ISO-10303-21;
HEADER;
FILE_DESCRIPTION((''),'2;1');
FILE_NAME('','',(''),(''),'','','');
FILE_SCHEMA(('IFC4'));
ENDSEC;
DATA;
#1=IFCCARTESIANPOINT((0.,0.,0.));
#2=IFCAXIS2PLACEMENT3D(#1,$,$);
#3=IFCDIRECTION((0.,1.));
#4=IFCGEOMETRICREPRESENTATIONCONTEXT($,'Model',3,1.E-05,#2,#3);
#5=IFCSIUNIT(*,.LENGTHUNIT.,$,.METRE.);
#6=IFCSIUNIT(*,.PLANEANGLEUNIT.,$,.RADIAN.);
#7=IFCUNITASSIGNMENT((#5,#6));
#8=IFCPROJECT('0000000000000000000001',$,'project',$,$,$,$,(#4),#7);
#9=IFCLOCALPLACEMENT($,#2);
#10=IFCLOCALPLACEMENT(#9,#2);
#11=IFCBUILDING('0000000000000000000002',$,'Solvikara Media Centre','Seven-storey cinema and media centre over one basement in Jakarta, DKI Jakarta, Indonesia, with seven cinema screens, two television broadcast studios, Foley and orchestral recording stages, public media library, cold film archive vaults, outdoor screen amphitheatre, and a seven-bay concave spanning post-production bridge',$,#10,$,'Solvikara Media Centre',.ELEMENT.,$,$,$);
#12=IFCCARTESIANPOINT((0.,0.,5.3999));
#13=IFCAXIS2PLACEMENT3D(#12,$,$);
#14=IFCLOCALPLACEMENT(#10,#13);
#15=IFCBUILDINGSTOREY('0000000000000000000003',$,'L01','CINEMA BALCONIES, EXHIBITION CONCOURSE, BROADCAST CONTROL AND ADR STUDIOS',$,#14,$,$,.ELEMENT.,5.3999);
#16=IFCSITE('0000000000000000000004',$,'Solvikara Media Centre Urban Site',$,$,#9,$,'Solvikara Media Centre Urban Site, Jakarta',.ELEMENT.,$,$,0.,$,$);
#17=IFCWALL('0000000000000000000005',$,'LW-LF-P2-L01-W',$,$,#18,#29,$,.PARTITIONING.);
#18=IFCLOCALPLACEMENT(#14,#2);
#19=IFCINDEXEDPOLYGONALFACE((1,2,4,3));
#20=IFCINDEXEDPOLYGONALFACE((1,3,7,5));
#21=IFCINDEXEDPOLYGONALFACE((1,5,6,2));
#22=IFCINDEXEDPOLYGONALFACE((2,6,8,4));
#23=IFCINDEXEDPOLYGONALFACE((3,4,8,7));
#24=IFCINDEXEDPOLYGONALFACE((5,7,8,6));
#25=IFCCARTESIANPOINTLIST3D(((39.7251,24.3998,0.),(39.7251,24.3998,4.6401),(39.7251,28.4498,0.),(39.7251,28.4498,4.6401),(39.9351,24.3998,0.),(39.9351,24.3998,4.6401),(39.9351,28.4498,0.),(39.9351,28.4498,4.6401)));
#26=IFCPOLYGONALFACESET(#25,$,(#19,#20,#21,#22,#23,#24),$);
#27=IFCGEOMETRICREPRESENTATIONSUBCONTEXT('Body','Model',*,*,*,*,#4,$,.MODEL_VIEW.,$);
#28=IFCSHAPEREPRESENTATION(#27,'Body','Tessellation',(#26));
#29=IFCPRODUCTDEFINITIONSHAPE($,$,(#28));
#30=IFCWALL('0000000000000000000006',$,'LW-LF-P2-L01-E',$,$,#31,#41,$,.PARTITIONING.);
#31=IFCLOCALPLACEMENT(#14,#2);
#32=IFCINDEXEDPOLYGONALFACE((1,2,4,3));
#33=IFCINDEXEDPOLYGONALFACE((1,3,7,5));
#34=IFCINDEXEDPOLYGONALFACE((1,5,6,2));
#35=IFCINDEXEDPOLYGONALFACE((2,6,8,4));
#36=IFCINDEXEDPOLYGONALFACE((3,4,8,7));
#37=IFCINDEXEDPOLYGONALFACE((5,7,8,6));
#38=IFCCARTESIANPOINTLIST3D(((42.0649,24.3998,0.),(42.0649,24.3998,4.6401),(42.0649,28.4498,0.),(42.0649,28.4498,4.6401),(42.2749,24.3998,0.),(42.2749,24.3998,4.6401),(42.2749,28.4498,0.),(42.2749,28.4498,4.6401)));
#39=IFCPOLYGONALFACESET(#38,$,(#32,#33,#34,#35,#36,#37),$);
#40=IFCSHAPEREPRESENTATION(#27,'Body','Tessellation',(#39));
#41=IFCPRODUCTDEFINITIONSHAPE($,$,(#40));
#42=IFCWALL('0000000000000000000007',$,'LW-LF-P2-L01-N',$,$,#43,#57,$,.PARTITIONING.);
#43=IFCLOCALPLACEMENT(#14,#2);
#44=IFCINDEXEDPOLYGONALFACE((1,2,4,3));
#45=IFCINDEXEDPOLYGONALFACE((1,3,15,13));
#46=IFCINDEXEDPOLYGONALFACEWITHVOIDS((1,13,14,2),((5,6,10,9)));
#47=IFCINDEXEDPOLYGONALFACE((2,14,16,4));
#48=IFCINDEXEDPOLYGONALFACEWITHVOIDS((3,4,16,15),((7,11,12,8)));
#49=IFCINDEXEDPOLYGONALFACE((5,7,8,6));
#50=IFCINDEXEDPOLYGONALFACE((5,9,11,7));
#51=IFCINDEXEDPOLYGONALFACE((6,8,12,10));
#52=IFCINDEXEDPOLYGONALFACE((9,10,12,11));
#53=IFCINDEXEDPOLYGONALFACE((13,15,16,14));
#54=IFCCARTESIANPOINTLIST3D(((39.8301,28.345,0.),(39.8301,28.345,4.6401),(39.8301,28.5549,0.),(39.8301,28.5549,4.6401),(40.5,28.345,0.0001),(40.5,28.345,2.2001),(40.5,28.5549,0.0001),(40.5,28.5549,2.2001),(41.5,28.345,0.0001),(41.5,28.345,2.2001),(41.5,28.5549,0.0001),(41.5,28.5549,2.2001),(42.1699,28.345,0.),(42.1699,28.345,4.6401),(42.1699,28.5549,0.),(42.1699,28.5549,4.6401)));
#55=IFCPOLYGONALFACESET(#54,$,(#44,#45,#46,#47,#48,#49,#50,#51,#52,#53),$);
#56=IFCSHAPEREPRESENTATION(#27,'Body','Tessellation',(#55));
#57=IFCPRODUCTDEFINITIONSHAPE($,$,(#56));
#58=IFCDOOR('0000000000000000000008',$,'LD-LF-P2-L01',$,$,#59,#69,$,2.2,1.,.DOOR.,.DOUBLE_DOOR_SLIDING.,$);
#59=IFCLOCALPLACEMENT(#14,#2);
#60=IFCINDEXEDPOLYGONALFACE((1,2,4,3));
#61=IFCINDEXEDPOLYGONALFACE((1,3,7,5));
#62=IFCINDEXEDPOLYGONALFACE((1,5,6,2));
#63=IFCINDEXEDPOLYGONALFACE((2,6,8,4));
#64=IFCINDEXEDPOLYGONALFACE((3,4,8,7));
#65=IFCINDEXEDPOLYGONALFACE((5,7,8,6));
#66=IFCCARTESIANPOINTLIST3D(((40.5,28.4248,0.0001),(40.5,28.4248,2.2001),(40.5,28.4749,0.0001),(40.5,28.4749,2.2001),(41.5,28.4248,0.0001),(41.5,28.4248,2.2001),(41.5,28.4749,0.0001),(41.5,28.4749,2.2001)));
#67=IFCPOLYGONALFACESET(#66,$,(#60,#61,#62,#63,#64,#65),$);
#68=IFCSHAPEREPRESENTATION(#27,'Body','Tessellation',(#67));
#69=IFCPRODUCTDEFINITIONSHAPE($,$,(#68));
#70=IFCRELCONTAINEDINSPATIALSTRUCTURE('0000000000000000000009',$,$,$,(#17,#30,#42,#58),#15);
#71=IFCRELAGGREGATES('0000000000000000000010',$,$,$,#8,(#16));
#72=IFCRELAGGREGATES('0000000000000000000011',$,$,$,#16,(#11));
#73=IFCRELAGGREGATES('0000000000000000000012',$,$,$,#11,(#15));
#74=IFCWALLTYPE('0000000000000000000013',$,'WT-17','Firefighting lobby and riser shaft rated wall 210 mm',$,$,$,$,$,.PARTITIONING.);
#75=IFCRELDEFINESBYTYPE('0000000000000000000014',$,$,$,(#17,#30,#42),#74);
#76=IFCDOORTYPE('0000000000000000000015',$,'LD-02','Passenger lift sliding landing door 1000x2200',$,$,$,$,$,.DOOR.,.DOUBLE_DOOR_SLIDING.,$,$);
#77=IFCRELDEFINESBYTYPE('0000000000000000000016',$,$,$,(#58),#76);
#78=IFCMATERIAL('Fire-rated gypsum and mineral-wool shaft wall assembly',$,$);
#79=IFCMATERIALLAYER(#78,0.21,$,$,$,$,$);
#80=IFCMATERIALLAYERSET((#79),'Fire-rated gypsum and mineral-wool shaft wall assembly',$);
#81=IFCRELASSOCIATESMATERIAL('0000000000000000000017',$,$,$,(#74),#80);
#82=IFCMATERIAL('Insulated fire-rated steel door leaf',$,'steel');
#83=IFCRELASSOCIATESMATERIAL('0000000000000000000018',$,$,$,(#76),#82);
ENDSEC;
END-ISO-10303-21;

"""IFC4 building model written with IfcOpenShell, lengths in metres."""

from ifc_helpers import new_model, si_unit, direction, frame, frame_2d, origin, place, context, subcontext, project, spatial, rectangle, extrude, material, layer, layer_set, type_object, element, fill, save


model = new_model("IFC4")

# Units and contexts
model_context = context("Model", 3, precision=1e-05, world=origin(), true_north=direction((0.0, 1.0)))
body_context = subcontext(model_context, "Body", "Model", "MODEL_VIEW")
ifc_project = project(units=[si_unit("LENGTHUNIT", "METRE"), si_unit("PLANEANGLEUNIT", "RADIAN")], contexts=[model_context])

# Site, building, storey
site_placement = place(None, origin())
site = spatial("IfcSite", under=ifc_project, at=site_placement, Name="Solvikara Media Centre Urban Site", LongName="Solvikara Media Centre Urban Site, Jakarta", CompositionType="ELEMENT", RefElevation=0.0)
building_placement = place(site_placement, origin())
building = spatial("IfcBuilding", under=site, at=building_placement, Name="Solvikara Media Centre", Description="Seven-storey cinema and media centre over one basement in Jakarta, DKI Jakarta, Indonesia, with seven cinema screens, two television broadcast studios, Foley and orchestral recording stages, public media library, cold film archive vaults, outdoor screen amphitheatre, and a seven-bay concave spanning post-production bridge", LongName="Solvikara Media Centre", CompositionType="ELEMENT")
storey_placement = place(building_placement, frame((0.0, 0.0, 5.3999)))
storey = spatial("IfcBuildingStorey", under=building, at=storey_placement, Name="L01", Description="CINEMA BALCONIES, EXHIBITION CONCOURSE, BROADCAST CONTROL AND ADR STUDIOS", CompositionType="ELEMENT", Elevation=5.3999)

# Shared definitions
ifc_material_1 = material(Name="Insulated fire-rated steel door leaf", Category="steel")
ifc_material_2 = material(Name="Fire-rated gypsum and mineral-wool shaft wall assembly")
ifc_layer_1 = layer(ifc_material_2, 0.21)
ifc_layer_set_1 = layer_set([ifc_layer_1], Name="Fire-rated gypsum and mineral-wool shaft wall assembly")
wall_type_1 = type_object("IfcWallType", Name="WT-17", Description="Firefighting lobby and riser shaft rated wall 210 mm", PredefinedType="PARTITIONING", material=ifc_layer_set_1)
door_type_1 = type_object("IfcDoorType", Name="LD-02", Description="Passenger lift sliding landing door 1000x2200", OperationType="DOUBLE_DOOR_SLIDING", PredefinedType="DOOR", material=ifc_material_1)

# Walls
for number, where, z_axis, x_axis, name in (
    (1, (39.8301, 24.3999, 0.0), (0.0, 0.0, 1.0), (0.0, 1.0, 0.0), "LW-LF-P2-L01-W"),
    (2, (42.1699, 24.3999, 0.0), (0.0, 0.0, 1.0), (0.0, 1.0, 0.0), "LW-LF-P2-L01-E"),
):
    element("IfcWall", number, at=place(storey_placement, frame(where, z_axis=z_axis, x_axis=x_axis)), inside=storey, type_object=wall_type_1, Name=name, PredefinedType="PARTITIONING", context=body_context, shape_type="SweptSolid", body=[
        extrude(rectangle(XDim=4.05, YDim=0.21, at=frame_2d((2.0249, 0.0))), origin(), (0.0, 0.0, 1.0), 4.6401),
    ])

# Wall, opening, door
wall_1_placement = place(storey_placement, frame((39.8301, 28.45, 0.0), z_axis=(0.0, 0.0, 1.0), x_axis=(1.0, 0.0, 0.0)))
wall_1 = element("IfcWall", 3, at=wall_1_placement, inside=storey, type_object=wall_type_1, Name="LW-LF-P2-L01-N", PredefinedType="PARTITIONING", context=body_context, shape_type="SweptSolid", body=[
    extrude(rectangle(XDim=2.3398, YDim=0.21, at=frame_2d((1.1699, 0.0))), origin(), (0.0, 0.0, 1.0), 4.6401),
])
opening_1_placement = place(wall_1_placement, frame((0.6699, 0.0, 0.0)))
opening_1 = element("IfcOpeningElement", 4, at=opening_1_placement, cuts=wall_1, PredefinedType="OPENING", context=body_context, shape_type="SweptSolid", body=[
    extrude(rectangle(XDim=1.0, YDim=2.2, at=frame_2d((0.5, 1.1001))), frame((0.0, 0.1169, 0.0), z_axis=(0.0, -1.0, 0.0), x_axis=(1.0, 0.0, 0.0)), (0.0, 0.0, 1.0), 0.2339),
])
door_1_placement = place(opening_1_placement, origin())
door_1 = element("IfcDoor", 5, at=door_1_placement, inside=storey, type_object=door_type_1, Name="LD-LF-P2-L01", OperationType="DOUBLE_DOOR_SLIDING", OverallHeight=2.2, OverallWidth=1.0, PredefinedType="DOOR", context=body_context, shape_type="SweptSolid", body=[
    extrude(rectangle(XDim=1.0, YDim=2.2, at=frame_2d((0.5, 1.1001))), frame((0.0, 0.0249, 0.0), z_axis=(0.0, -1.0, 0.0), x_axis=(1.0, 0.0, 0.0)), (0.0, 0.0, 1.0), 0.05),
])
fill(opening_1, door_1)

save(model, "model.ifc")
